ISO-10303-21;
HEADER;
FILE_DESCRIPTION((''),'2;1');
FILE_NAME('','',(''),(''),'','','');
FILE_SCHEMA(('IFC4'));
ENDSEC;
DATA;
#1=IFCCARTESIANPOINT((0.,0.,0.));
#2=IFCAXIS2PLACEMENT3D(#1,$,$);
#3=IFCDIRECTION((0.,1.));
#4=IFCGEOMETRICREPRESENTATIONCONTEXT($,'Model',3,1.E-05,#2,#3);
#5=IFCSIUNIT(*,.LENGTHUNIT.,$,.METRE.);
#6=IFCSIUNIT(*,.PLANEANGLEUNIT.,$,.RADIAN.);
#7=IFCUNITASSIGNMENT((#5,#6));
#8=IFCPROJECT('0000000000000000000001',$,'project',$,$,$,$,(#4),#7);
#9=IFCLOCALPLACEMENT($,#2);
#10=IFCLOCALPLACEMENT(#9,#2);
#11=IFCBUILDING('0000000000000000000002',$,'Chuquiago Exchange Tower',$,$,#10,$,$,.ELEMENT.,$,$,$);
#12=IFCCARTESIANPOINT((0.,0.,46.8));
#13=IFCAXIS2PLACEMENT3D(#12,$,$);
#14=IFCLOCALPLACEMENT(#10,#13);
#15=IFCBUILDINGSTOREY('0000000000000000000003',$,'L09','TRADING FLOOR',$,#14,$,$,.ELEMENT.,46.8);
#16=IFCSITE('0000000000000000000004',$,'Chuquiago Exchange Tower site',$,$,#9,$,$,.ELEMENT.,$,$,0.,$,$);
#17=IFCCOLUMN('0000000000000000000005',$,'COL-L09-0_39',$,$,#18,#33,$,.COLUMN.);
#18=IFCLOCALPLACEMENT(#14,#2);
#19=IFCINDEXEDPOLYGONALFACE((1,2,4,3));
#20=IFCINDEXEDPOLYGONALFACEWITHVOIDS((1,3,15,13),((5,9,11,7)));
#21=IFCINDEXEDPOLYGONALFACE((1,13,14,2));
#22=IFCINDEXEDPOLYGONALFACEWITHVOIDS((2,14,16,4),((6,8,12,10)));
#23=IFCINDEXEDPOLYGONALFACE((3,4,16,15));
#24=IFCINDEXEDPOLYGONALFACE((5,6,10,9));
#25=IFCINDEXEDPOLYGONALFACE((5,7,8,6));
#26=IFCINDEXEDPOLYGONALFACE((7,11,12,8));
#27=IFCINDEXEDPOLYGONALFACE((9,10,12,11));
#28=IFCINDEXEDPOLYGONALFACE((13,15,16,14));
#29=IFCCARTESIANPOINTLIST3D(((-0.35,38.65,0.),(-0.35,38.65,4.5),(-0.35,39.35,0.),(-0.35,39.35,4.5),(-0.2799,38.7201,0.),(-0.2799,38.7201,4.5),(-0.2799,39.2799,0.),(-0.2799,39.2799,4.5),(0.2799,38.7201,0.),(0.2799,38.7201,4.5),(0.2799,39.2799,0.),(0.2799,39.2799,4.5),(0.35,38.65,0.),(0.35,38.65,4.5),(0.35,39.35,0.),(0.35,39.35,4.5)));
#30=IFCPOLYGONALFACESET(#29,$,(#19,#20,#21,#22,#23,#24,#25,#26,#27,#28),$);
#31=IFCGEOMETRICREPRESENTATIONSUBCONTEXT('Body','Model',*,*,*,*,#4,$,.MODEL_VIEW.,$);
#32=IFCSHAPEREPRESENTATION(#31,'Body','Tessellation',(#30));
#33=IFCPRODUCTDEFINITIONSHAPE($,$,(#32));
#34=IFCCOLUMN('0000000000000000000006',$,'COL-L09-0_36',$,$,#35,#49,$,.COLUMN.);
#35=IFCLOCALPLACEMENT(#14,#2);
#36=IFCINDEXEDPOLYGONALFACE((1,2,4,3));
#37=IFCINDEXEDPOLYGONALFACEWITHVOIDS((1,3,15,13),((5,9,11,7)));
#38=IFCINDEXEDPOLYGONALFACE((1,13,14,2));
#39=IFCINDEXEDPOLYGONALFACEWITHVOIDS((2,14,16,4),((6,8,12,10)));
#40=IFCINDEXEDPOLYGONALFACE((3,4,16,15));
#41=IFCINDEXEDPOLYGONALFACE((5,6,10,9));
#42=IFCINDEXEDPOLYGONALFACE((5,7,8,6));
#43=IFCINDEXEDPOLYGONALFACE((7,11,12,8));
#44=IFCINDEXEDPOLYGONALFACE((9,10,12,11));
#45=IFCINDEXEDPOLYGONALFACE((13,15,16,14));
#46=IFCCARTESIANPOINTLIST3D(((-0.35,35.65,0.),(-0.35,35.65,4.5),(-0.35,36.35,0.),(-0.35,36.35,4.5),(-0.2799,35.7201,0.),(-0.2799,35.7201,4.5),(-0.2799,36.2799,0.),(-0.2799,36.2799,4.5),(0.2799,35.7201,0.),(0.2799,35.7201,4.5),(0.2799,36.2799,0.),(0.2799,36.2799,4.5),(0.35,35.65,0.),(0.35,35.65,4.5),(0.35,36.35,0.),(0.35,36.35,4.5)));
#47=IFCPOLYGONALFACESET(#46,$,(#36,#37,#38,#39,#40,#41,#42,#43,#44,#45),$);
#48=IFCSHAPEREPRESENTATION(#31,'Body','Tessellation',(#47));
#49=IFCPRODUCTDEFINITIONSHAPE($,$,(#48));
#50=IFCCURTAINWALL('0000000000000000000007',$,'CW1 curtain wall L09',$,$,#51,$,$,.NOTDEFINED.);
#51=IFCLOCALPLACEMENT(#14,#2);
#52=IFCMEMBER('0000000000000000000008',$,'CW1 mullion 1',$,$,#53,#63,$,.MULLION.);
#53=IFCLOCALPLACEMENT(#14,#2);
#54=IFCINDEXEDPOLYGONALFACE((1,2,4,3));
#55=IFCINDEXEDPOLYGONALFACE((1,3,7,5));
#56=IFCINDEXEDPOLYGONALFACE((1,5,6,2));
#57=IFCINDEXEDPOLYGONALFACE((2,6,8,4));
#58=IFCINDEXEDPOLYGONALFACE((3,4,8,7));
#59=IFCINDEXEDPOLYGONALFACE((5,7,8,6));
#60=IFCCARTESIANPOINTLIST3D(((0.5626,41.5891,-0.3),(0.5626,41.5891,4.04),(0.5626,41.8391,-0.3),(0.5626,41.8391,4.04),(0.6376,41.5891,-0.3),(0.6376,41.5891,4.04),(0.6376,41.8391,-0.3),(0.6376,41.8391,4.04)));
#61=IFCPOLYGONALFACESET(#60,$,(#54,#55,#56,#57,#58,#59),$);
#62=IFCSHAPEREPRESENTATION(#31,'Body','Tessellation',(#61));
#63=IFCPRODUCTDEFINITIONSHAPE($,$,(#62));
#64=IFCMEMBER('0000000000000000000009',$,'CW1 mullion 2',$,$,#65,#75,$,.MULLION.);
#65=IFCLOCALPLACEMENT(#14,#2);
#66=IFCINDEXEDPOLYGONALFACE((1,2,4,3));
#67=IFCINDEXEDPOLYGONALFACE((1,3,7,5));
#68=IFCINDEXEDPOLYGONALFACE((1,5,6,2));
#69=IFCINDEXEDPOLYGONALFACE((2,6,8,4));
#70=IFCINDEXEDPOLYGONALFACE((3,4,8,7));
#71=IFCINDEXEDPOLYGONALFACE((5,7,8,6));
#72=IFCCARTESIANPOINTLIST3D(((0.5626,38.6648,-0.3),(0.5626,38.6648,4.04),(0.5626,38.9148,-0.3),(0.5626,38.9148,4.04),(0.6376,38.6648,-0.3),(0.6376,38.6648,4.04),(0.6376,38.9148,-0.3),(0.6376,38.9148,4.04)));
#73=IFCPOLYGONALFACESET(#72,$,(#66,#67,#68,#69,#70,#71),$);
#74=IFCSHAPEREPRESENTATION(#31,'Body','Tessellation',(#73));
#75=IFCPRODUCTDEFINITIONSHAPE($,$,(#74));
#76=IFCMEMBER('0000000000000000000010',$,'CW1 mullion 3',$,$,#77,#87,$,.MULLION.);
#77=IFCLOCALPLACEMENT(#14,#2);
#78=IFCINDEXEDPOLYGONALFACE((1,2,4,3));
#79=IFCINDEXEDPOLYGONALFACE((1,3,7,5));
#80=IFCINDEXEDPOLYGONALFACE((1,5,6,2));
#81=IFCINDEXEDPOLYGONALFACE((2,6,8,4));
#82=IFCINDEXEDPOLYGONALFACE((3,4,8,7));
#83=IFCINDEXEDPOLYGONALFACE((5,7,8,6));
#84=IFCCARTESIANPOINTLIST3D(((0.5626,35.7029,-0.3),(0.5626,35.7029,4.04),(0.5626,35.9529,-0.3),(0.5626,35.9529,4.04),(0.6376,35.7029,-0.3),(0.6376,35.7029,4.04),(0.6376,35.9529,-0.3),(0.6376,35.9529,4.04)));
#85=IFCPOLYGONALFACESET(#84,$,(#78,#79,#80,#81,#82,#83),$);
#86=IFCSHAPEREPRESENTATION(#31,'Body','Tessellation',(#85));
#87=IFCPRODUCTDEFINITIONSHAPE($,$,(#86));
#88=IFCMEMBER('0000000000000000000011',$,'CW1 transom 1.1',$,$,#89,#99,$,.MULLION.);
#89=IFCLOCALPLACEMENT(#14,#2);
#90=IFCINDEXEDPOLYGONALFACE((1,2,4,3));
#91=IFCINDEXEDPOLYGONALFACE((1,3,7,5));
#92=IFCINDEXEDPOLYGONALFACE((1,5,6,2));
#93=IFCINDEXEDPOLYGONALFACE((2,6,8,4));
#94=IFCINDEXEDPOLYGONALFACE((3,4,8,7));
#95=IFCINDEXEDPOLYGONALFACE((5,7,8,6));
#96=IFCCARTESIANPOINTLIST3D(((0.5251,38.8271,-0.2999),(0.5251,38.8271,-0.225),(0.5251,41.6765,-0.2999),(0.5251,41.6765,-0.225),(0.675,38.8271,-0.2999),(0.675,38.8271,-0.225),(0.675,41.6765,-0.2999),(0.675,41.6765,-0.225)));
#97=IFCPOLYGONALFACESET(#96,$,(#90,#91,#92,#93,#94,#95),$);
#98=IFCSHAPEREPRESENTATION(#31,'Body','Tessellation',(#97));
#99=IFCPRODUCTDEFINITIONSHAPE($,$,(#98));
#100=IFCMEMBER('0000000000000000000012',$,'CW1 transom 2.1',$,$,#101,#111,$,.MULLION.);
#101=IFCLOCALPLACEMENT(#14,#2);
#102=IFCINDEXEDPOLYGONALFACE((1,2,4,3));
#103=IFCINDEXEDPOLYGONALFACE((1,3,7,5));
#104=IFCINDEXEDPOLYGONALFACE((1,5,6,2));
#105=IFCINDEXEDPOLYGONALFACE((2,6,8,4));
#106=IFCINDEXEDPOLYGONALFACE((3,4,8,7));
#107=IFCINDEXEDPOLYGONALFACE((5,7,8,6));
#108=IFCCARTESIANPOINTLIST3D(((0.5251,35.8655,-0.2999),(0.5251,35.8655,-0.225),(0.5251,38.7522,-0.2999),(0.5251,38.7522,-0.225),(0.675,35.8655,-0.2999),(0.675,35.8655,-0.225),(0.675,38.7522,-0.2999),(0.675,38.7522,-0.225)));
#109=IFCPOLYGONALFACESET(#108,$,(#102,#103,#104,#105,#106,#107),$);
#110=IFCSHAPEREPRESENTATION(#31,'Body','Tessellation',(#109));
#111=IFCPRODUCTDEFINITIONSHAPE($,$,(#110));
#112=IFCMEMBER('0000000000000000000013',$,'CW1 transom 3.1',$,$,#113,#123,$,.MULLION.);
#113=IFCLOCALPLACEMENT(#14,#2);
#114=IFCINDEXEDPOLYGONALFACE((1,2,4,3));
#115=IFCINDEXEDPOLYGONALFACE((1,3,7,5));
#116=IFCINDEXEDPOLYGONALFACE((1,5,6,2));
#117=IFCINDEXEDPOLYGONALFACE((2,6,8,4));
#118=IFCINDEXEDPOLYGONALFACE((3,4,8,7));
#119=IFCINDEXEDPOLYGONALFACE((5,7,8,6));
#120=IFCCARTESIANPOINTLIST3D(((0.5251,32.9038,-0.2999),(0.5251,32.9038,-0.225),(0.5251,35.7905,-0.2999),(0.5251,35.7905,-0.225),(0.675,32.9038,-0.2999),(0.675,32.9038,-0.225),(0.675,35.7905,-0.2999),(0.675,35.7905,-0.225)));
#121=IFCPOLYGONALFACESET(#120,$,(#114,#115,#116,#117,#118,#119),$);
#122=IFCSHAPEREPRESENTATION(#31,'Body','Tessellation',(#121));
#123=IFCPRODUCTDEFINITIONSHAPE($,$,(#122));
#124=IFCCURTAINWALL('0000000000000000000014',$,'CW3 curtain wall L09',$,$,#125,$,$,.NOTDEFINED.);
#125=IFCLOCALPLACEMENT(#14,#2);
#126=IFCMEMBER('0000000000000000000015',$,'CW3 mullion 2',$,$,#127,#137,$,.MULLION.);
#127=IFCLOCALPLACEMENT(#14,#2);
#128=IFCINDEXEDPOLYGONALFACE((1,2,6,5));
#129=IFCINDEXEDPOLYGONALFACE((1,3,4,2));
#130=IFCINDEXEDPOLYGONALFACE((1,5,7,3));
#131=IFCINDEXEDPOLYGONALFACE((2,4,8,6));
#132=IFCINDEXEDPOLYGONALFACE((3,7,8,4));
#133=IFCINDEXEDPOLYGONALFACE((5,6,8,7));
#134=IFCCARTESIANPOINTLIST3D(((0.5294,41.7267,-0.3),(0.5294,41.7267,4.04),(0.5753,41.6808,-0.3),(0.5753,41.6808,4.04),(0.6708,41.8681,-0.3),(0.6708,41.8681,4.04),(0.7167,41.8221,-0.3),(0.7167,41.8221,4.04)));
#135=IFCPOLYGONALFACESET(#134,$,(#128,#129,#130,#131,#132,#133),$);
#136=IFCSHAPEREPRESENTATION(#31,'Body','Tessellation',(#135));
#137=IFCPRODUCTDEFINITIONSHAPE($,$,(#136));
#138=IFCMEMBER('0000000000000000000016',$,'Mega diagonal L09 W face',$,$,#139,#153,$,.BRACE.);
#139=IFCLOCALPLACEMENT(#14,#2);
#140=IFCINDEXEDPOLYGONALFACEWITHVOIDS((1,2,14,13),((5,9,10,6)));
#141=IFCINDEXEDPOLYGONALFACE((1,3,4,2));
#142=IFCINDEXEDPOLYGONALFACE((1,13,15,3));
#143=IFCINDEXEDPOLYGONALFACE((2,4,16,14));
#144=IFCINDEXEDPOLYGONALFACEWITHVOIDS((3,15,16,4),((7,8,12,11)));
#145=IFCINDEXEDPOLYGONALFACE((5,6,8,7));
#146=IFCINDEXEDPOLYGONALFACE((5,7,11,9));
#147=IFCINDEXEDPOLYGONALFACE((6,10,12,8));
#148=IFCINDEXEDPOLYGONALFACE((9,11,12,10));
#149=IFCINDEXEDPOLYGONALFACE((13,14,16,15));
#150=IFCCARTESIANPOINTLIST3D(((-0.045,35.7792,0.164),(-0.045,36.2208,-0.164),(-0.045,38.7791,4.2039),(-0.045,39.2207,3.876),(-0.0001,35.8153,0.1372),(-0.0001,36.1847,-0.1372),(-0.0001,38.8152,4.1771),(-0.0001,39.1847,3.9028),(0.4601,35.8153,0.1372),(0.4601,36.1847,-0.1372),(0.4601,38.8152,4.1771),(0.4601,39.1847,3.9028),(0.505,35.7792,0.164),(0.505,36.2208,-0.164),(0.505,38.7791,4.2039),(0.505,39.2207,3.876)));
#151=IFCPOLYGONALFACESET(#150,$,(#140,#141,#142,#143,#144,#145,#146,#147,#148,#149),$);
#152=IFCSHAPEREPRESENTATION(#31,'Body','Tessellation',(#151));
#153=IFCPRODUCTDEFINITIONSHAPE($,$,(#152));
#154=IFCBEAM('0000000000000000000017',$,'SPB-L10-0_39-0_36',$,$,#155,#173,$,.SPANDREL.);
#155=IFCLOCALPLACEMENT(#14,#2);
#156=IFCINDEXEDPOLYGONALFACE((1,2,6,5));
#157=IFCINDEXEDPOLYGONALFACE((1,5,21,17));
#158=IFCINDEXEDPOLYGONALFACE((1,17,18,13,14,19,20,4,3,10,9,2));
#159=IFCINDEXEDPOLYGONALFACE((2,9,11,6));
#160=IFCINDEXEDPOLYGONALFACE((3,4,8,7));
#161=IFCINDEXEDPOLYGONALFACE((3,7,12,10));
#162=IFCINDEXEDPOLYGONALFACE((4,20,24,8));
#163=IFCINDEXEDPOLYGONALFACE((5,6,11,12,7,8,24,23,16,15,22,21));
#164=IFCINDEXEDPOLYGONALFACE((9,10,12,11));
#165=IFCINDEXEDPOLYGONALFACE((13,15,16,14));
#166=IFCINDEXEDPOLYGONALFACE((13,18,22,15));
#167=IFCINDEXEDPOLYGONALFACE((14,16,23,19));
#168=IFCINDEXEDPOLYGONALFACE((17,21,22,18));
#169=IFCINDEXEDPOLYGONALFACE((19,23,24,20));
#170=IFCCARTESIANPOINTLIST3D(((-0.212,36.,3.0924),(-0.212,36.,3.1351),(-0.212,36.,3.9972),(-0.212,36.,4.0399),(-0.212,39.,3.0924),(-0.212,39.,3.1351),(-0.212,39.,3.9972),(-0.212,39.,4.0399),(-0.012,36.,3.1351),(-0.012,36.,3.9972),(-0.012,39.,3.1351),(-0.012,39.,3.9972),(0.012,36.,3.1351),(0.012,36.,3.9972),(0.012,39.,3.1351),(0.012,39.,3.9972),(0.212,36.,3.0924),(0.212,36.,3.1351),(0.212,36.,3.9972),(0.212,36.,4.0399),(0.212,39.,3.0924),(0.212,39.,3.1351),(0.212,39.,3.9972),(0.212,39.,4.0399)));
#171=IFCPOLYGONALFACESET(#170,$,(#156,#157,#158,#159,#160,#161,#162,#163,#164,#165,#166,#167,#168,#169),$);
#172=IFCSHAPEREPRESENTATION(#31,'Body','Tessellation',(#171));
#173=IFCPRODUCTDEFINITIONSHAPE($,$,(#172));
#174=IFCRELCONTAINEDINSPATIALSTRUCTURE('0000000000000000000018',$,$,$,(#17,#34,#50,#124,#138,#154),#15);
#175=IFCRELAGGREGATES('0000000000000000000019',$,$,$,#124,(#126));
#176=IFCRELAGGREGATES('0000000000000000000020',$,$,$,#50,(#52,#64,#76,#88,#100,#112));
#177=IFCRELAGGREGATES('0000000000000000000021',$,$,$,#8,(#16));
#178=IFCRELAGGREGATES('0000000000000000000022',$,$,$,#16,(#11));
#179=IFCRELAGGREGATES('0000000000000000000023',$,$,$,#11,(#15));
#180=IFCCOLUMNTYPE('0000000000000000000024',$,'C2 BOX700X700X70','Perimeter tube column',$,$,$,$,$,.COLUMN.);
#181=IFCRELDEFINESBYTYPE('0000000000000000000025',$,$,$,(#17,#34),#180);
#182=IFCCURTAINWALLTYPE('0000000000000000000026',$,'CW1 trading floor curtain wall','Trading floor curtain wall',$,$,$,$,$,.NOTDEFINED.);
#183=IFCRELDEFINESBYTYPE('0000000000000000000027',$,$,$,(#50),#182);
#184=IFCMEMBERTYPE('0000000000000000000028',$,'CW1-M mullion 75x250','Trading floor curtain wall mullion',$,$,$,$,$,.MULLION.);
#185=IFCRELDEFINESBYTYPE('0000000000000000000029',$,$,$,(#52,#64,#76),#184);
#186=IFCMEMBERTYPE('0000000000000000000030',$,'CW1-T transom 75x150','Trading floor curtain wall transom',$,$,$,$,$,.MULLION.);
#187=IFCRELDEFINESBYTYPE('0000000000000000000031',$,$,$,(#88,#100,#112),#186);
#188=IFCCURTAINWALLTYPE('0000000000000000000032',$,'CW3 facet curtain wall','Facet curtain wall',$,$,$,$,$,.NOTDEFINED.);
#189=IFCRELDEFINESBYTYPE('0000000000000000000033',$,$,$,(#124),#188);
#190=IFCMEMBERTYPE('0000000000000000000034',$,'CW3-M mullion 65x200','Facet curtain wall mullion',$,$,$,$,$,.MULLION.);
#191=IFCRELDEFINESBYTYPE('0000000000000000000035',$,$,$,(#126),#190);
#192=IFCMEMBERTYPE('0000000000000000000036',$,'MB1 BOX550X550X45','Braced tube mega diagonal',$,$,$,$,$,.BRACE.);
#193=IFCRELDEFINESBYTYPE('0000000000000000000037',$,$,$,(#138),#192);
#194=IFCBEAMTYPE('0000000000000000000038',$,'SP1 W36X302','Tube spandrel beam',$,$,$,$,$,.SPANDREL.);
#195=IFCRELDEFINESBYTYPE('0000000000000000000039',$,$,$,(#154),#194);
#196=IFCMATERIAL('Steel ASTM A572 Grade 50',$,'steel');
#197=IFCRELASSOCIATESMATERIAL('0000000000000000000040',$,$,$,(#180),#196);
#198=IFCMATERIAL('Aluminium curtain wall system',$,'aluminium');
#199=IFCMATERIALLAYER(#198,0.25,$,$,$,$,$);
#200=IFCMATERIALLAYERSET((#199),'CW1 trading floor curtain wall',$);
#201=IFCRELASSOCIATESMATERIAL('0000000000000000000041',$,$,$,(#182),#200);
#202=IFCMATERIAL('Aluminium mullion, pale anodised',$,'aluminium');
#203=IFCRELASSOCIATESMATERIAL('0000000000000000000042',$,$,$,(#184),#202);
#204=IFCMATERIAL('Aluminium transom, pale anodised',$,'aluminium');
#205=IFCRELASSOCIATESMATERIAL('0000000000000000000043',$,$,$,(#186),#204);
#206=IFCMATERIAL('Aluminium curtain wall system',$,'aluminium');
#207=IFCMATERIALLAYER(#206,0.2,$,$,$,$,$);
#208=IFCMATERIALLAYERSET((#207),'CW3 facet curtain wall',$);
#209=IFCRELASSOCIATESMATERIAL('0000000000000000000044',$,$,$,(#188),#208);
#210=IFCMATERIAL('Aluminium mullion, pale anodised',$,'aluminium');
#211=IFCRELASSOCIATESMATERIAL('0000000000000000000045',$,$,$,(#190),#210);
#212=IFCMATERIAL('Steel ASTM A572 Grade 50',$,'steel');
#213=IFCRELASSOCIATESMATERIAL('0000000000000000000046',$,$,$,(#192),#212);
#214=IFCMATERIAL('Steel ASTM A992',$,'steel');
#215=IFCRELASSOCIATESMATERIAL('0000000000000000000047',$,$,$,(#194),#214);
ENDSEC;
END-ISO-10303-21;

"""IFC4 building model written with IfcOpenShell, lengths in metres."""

from ifc_helpers import new_model, si_unit, direction, frame, origin, origin_2d, place, context, subcontext, project, spatial, rectangle, hollow_rectangle, i_section, extrude, material, layer, layer_set, material_profile, profile_set, type_object, element, aggregate, save


model = new_model("IFC4")

# Units and contexts
model_context = context("Model", 3, precision=1e-05, world=origin(), true_north=direction((0.0, 1.0)))
body_context = subcontext(model_context, "Body", "Model", "MODEL_VIEW")
ifc_project = project(units=[si_unit("LENGTHUNIT", "METRE"), si_unit("PLANEANGLEUNIT", "RADIAN")], contexts=[model_context])

# Site, building, storey
site_placement = place(None, origin())
site = spatial("IfcSite", under=ifc_project, at=site_placement, Name="Chuquiago Exchange Tower site", CompositionType="ELEMENT", RefElevation=0.0)
building_placement = place(site_placement, origin())
building = spatial("IfcBuilding", under=site, at=building_placement, Name="Chuquiago Exchange Tower", CompositionType="ELEMENT")
storey_placement = place(building_placement, frame((0.0, 0.0, 46.8)))
storey = spatial("IfcBuildingStorey", under=building, at=storey_placement, Name="L09", Description="TRADING FLOOR", CompositionType="ELEMENT", Elevation=46.8)

# Columns
ifc_material_1 = material(Name="Steel ASTM A572 Grade 50", Category="steel")
ifc_material_profile_1 = material_profile(ifc_material_1, hollow_rectangle(XDim=0.7, YDim=0.7, WallThickness=0.0701, at=origin_2d()), Name="BOX700X700X70")
ifc_profile_set_1 = profile_set([ifc_material_profile_1], Name="Steel ASTM A572 Grade 50")
column_type = type_object("IfcColumnType", Name="C2 BOX700X700X70", Description="Perimeter tube column", PredefinedType="COLUMN", material=ifc_profile_set_1)
for number, where, z_axis, x_axis, name in (
    (1, (0.0, 39.0, 0.0), (0.0, 0.0, 1.0), (-1.0, 0.0, 0.0), "COL-L09-0_39"),
    (2, (0.0, 36.0, 0.0), (0.0, 0.0, 1.0), (-1.0, 0.0, 0.0), "COL-L09-0_36"),
):
    element("IfcColumn", number, at=place(storey_placement, frame(where, z_axis=z_axis, x_axis=x_axis)), inside=storey, type_object=column_type, Name=name, PredefinedType="COLUMN", context=body_context, shape_type="SweptSolid", body=[
        extrude(hollow_rectangle(XDim=0.7, YDim=0.7, WallThickness=0.0701, at=origin_2d()), origin(), (0.0, 0.0, 1.0), 4.5),
    ])

# Curtain wall, members
ifc_material_2 = material(Name="Aluminium curtain wall system", Category="aluminium")
ifc_layer_1 = layer(ifc_material_2, 0.25)
ifc_layer_set_1 = layer_set([ifc_layer_1], Name="CW1 trading floor curtain wall")
curtain_wall_type_1 = type_object("IfcCurtainWallType", Name="CW1 trading floor curtain wall", Description="Trading floor curtain wall", PredefinedType="NOTDEFINED", material=ifc_layer_set_1)
curtain_wall_1_placement = place(storey_placement, origin())
curtain_wall_1 = element("IfcCurtainWall", 3, at=curtain_wall_1_placement, inside=storey, type_object=curtain_wall_type_1, Name="CW1 curtain wall L09", PredefinedType="NOTDEFINED")
ifc_material_3 = material(Name="Aluminium mullion, pale anodised", Category="aluminium")
ifc_material_profile_2 = material_profile(ifc_material_3, rectangle(XDim=0.075, YDim=0.25, at=origin_2d()), Name="AL 75x250")
ifc_profile_set_2 = profile_set([ifc_material_profile_2], Name="Aluminium mullion, pale anodised")
member_type_1 = type_object("IfcMemberType", Name="CW1-M mullion 75x250", Description="Trading floor curtain wall mullion", PredefinedType="MULLION", material=ifc_profile_set_2)
member_1_placement = place(storey_placement, frame((0.6001, 41.7141, -0.3), z_axis=(0.0, 0.0, 1.0), x_axis=(1.0, 0.0, 0.0)))
member_1 = element("IfcMember", 4, at=member_1_placement, type_object=member_type_1, Name="CW1 mullion 1", PredefinedType="MULLION", context=body_context, shape_type="SweptSolid", body=[
    extrude(rectangle(XDim=0.075, YDim=0.25, at=origin_2d()), origin(), (0.0, 0.0, 1.0), 4.3401),
])
member_2_placement = place(storey_placement, frame((0.6001, 38.7898, -0.3), z_axis=(0.0, 0.0, 1.0), x_axis=(1.0, 0.0, 0.0)))
member_2 = element("IfcMember", 5, at=member_2_placement, type_object=member_type_1, Name="CW1 mullion 2", PredefinedType="MULLION", context=body_context, shape_type="SweptSolid", body=[
    extrude(rectangle(XDim=0.075, YDim=0.25, at=origin_2d()), origin(), (0.0, 0.0, 1.0), 4.3401),
])
member_3_placement = place(storey_placement, frame((0.6001, 35.8279, -0.3), z_axis=(0.0, 0.0, 1.0), x_axis=(1.0, 0.0, 0.0)))
member_3 = element("IfcMember", 6, at=member_3_placement, type_object=member_type_1, Name="CW1 mullion 3", PredefinedType="MULLION", context=body_context, shape_type="SweptSolid", body=[
    extrude(rectangle(XDim=0.075, YDim=0.25, at=origin_2d()), origin(), (0.0, 0.0, 1.0), 4.3401),
])
ifc_material_4 = material(Name="Aluminium transom, pale anodised", Category="aluminium")
ifc_material_profile_3 = material_profile(ifc_material_4, rectangle(XDim=0.1499, YDim=0.075, at=origin_2d()), Name="AL 150x75")
ifc_profile_set_3 = profile_set([ifc_material_profile_3], Name="Aluminium transom, pale anodised")
member_type_2 = type_object("IfcMemberType", Name="CW1-T transom 75x150", Description="Trading floor curtain wall transom", PredefinedType="MULLION", material=ifc_profile_set_3)
member_4_placement = place(storey_placement, frame((0.6001, 41.6765, -0.2625), z_axis=(0.0, -1.0, 0.0), x_axis=(1.0, 0.0, 0.0)))
member_4 = element("IfcMember", 7, at=member_4_placement, type_object=member_type_2, Name="CW1 transom 1.1", PredefinedType="MULLION", context=body_context, shape_type="SweptSolid", body=[
    extrude(rectangle(XDim=0.1499, YDim=0.075, at=origin_2d()), origin(), (0.0, 0.0, 1.0), 2.8494),
])
member_5_placement = place(storey_placement, frame((0.6001, 38.7522, -0.2625), z_axis=(0.0, -1.0, 0.0), x_axis=(1.0, 0.0, 0.0)))
member_5 = element("IfcMember", 8, at=member_5_placement, type_object=member_type_2, Name="CW1 transom 2.1", PredefinedType="MULLION", context=body_context, shape_type="SweptSolid", body=[
    extrude(rectangle(XDim=0.1499, YDim=0.075, at=origin_2d()), origin(), (0.0, 0.0, 1.0), 2.8867),
])
member_6_placement = place(storey_placement, frame((0.6001, 35.7905, -0.2625), z_axis=(0.0, -1.0, 0.0), x_axis=(1.0, 0.0, 0.0)))
member_6 = element("IfcMember", 9, at=member_6_placement, type_object=member_type_2, Name="CW1 transom 3.1", PredefinedType="MULLION", context=body_context, shape_type="SweptSolid", body=[
    extrude(rectangle(XDim=0.1499, YDim=0.075, at=origin_2d()), origin(), (0.0, 0.0, 1.0), 2.8867),
])

# Curtain wall, member
ifc_material_5 = material(Name="Aluminium curtain wall system", Category="aluminium")
ifc_layer_2 = layer(ifc_material_5, 0.2)
ifc_layer_set_2 = layer_set([ifc_layer_2], Name="CW3 facet curtain wall")
curtain_wall_type_2 = type_object("IfcCurtainWallType", Name="CW3 facet curtain wall", Description="Facet curtain wall", PredefinedType="NOTDEFINED", material=ifc_layer_set_2)
curtain_wall_2_placement = place(storey_placement, origin())
curtain_wall_2 = element("IfcCurtainWall", 10, at=curtain_wall_2_placement, inside=storey, type_object=curtain_wall_type_2, Name="CW3 curtain wall L09", PredefinedType="NOTDEFINED")
ifc_material_6 = material(Name="Aluminium mullion, pale anodised", Category="aluminium")
ifc_material_profile_4 = material_profile(ifc_material_6, rectangle(XDim=0.0649, YDim=0.2, at=origin_2d()), Name="AL 65x200")
ifc_profile_set_4 = profile_set([ifc_material_profile_4], Name="Aluminium mullion, pale anodised")
member_type_3 = type_object("IfcMemberType", Name="CW3-M mullion 65x200", Description="Facet curtain wall mullion", PredefinedType="MULLION", material=ifc_profile_set_4)
member_7_placement = place(storey_placement, frame((0.623, 41.7744, -0.3), z_axis=(0.0, 0.0, 1.0), x_axis=(0.707107, -0.707107, 0.0)))
member_7 = element("IfcMember", 11, at=member_7_placement, type_object=member_type_3, Name="CW3 mullion 2", PredefinedType="MULLION", context=body_context, shape_type="SweptSolid", body=[
    extrude(rectangle(XDim=0.0649, YDim=0.2, at=origin_2d()), origin(), (0.0, 0.0, 1.0), 4.3401),
])
aggregate(curtain_wall_2, [member_7])

# Member
ifc_material_7 = material(Name="Steel ASTM A572 Grade 50", Category="steel")
ifc_material_profile_5 = material_profile(ifc_material_7, hollow_rectangle(XDim=0.55, YDim=0.55, WallThickness=0.0449, at=origin_2d()), Name="BOX550X550X45")
ifc_profile_set_5 = profile_set([ifc_material_profile_5], Name="Steel ASTM A572 Grade 50")
member_type_4 = type_object("IfcMemberType", Name="MB1 BOX550X550X45", Description="Braced tube mega diagonal", PredefinedType="BRACE", material=ifc_profile_set_5)
member_8_placement = place(storey_placement, frame((0.23, 36.0, 0.0), z_axis=(0.0, 0.596174, 0.802855), x_axis=(-1.0, 0.0, 0.0)))
element("IfcMember", 12, at=member_8_placement, inside=storey, type_object=member_type_4, Name="Mega diagonal L09 W face", PredefinedType="BRACE", context=body_context, shape_type="SweptSolid", body=[
    extrude(hollow_rectangle(XDim=0.55, YDim=0.55, WallThickness=0.0449, at=origin_2d()), origin(), (0.0, 0.0, 1.0), 5.032),
])

# Beam
ifc_material_8 = material(Name="Steel ASTM A992", Category="steel")
ifc_material_profile_6 = material_profile(ifc_material_8, i_section(OverallWidth=0.4241, OverallDepth=0.9475, WebThickness=0.0239, FlangeThickness=0.0427, at=origin_2d()), Name="W36X302")
ifc_profile_set_6 = profile_set([ifc_material_profile_6], Name="Steel ASTM A992")
beam_type = type_object("IfcBeamType", Name="SP1 W36X302", Description="Tube spandrel beam", PredefinedType="SPANDREL", material=ifc_profile_set_6)
for number, where, z_axis, x_axis, name in (
    (13, (0.0, 39.0, 3.5662), (0.0, -1.0, 0.0), (1.0, 0.0, 0.0), "SPB-L10-0_39-0_36"),
):
    element("IfcBeam", number, at=place(storey_placement, frame(where, z_axis=z_axis, x_axis=x_axis)), inside=storey, type_object=beam_type, Name=name, PredefinedType="SPANDREL", context=body_context, shape_type="SweptSolid", body=[
        extrude(i_section(OverallWidth=0.4241, OverallDepth=0.9475, WebThickness=0.0239, FlangeThickness=0.0427, at=origin_2d()), origin(), (0.0, 0.0, 1.0), 3.0),
    ])

aggregate(curtain_wall_1, [member_1, member_2, member_3, member_4, member_5, member_6])

save(model, "model.ifc")
